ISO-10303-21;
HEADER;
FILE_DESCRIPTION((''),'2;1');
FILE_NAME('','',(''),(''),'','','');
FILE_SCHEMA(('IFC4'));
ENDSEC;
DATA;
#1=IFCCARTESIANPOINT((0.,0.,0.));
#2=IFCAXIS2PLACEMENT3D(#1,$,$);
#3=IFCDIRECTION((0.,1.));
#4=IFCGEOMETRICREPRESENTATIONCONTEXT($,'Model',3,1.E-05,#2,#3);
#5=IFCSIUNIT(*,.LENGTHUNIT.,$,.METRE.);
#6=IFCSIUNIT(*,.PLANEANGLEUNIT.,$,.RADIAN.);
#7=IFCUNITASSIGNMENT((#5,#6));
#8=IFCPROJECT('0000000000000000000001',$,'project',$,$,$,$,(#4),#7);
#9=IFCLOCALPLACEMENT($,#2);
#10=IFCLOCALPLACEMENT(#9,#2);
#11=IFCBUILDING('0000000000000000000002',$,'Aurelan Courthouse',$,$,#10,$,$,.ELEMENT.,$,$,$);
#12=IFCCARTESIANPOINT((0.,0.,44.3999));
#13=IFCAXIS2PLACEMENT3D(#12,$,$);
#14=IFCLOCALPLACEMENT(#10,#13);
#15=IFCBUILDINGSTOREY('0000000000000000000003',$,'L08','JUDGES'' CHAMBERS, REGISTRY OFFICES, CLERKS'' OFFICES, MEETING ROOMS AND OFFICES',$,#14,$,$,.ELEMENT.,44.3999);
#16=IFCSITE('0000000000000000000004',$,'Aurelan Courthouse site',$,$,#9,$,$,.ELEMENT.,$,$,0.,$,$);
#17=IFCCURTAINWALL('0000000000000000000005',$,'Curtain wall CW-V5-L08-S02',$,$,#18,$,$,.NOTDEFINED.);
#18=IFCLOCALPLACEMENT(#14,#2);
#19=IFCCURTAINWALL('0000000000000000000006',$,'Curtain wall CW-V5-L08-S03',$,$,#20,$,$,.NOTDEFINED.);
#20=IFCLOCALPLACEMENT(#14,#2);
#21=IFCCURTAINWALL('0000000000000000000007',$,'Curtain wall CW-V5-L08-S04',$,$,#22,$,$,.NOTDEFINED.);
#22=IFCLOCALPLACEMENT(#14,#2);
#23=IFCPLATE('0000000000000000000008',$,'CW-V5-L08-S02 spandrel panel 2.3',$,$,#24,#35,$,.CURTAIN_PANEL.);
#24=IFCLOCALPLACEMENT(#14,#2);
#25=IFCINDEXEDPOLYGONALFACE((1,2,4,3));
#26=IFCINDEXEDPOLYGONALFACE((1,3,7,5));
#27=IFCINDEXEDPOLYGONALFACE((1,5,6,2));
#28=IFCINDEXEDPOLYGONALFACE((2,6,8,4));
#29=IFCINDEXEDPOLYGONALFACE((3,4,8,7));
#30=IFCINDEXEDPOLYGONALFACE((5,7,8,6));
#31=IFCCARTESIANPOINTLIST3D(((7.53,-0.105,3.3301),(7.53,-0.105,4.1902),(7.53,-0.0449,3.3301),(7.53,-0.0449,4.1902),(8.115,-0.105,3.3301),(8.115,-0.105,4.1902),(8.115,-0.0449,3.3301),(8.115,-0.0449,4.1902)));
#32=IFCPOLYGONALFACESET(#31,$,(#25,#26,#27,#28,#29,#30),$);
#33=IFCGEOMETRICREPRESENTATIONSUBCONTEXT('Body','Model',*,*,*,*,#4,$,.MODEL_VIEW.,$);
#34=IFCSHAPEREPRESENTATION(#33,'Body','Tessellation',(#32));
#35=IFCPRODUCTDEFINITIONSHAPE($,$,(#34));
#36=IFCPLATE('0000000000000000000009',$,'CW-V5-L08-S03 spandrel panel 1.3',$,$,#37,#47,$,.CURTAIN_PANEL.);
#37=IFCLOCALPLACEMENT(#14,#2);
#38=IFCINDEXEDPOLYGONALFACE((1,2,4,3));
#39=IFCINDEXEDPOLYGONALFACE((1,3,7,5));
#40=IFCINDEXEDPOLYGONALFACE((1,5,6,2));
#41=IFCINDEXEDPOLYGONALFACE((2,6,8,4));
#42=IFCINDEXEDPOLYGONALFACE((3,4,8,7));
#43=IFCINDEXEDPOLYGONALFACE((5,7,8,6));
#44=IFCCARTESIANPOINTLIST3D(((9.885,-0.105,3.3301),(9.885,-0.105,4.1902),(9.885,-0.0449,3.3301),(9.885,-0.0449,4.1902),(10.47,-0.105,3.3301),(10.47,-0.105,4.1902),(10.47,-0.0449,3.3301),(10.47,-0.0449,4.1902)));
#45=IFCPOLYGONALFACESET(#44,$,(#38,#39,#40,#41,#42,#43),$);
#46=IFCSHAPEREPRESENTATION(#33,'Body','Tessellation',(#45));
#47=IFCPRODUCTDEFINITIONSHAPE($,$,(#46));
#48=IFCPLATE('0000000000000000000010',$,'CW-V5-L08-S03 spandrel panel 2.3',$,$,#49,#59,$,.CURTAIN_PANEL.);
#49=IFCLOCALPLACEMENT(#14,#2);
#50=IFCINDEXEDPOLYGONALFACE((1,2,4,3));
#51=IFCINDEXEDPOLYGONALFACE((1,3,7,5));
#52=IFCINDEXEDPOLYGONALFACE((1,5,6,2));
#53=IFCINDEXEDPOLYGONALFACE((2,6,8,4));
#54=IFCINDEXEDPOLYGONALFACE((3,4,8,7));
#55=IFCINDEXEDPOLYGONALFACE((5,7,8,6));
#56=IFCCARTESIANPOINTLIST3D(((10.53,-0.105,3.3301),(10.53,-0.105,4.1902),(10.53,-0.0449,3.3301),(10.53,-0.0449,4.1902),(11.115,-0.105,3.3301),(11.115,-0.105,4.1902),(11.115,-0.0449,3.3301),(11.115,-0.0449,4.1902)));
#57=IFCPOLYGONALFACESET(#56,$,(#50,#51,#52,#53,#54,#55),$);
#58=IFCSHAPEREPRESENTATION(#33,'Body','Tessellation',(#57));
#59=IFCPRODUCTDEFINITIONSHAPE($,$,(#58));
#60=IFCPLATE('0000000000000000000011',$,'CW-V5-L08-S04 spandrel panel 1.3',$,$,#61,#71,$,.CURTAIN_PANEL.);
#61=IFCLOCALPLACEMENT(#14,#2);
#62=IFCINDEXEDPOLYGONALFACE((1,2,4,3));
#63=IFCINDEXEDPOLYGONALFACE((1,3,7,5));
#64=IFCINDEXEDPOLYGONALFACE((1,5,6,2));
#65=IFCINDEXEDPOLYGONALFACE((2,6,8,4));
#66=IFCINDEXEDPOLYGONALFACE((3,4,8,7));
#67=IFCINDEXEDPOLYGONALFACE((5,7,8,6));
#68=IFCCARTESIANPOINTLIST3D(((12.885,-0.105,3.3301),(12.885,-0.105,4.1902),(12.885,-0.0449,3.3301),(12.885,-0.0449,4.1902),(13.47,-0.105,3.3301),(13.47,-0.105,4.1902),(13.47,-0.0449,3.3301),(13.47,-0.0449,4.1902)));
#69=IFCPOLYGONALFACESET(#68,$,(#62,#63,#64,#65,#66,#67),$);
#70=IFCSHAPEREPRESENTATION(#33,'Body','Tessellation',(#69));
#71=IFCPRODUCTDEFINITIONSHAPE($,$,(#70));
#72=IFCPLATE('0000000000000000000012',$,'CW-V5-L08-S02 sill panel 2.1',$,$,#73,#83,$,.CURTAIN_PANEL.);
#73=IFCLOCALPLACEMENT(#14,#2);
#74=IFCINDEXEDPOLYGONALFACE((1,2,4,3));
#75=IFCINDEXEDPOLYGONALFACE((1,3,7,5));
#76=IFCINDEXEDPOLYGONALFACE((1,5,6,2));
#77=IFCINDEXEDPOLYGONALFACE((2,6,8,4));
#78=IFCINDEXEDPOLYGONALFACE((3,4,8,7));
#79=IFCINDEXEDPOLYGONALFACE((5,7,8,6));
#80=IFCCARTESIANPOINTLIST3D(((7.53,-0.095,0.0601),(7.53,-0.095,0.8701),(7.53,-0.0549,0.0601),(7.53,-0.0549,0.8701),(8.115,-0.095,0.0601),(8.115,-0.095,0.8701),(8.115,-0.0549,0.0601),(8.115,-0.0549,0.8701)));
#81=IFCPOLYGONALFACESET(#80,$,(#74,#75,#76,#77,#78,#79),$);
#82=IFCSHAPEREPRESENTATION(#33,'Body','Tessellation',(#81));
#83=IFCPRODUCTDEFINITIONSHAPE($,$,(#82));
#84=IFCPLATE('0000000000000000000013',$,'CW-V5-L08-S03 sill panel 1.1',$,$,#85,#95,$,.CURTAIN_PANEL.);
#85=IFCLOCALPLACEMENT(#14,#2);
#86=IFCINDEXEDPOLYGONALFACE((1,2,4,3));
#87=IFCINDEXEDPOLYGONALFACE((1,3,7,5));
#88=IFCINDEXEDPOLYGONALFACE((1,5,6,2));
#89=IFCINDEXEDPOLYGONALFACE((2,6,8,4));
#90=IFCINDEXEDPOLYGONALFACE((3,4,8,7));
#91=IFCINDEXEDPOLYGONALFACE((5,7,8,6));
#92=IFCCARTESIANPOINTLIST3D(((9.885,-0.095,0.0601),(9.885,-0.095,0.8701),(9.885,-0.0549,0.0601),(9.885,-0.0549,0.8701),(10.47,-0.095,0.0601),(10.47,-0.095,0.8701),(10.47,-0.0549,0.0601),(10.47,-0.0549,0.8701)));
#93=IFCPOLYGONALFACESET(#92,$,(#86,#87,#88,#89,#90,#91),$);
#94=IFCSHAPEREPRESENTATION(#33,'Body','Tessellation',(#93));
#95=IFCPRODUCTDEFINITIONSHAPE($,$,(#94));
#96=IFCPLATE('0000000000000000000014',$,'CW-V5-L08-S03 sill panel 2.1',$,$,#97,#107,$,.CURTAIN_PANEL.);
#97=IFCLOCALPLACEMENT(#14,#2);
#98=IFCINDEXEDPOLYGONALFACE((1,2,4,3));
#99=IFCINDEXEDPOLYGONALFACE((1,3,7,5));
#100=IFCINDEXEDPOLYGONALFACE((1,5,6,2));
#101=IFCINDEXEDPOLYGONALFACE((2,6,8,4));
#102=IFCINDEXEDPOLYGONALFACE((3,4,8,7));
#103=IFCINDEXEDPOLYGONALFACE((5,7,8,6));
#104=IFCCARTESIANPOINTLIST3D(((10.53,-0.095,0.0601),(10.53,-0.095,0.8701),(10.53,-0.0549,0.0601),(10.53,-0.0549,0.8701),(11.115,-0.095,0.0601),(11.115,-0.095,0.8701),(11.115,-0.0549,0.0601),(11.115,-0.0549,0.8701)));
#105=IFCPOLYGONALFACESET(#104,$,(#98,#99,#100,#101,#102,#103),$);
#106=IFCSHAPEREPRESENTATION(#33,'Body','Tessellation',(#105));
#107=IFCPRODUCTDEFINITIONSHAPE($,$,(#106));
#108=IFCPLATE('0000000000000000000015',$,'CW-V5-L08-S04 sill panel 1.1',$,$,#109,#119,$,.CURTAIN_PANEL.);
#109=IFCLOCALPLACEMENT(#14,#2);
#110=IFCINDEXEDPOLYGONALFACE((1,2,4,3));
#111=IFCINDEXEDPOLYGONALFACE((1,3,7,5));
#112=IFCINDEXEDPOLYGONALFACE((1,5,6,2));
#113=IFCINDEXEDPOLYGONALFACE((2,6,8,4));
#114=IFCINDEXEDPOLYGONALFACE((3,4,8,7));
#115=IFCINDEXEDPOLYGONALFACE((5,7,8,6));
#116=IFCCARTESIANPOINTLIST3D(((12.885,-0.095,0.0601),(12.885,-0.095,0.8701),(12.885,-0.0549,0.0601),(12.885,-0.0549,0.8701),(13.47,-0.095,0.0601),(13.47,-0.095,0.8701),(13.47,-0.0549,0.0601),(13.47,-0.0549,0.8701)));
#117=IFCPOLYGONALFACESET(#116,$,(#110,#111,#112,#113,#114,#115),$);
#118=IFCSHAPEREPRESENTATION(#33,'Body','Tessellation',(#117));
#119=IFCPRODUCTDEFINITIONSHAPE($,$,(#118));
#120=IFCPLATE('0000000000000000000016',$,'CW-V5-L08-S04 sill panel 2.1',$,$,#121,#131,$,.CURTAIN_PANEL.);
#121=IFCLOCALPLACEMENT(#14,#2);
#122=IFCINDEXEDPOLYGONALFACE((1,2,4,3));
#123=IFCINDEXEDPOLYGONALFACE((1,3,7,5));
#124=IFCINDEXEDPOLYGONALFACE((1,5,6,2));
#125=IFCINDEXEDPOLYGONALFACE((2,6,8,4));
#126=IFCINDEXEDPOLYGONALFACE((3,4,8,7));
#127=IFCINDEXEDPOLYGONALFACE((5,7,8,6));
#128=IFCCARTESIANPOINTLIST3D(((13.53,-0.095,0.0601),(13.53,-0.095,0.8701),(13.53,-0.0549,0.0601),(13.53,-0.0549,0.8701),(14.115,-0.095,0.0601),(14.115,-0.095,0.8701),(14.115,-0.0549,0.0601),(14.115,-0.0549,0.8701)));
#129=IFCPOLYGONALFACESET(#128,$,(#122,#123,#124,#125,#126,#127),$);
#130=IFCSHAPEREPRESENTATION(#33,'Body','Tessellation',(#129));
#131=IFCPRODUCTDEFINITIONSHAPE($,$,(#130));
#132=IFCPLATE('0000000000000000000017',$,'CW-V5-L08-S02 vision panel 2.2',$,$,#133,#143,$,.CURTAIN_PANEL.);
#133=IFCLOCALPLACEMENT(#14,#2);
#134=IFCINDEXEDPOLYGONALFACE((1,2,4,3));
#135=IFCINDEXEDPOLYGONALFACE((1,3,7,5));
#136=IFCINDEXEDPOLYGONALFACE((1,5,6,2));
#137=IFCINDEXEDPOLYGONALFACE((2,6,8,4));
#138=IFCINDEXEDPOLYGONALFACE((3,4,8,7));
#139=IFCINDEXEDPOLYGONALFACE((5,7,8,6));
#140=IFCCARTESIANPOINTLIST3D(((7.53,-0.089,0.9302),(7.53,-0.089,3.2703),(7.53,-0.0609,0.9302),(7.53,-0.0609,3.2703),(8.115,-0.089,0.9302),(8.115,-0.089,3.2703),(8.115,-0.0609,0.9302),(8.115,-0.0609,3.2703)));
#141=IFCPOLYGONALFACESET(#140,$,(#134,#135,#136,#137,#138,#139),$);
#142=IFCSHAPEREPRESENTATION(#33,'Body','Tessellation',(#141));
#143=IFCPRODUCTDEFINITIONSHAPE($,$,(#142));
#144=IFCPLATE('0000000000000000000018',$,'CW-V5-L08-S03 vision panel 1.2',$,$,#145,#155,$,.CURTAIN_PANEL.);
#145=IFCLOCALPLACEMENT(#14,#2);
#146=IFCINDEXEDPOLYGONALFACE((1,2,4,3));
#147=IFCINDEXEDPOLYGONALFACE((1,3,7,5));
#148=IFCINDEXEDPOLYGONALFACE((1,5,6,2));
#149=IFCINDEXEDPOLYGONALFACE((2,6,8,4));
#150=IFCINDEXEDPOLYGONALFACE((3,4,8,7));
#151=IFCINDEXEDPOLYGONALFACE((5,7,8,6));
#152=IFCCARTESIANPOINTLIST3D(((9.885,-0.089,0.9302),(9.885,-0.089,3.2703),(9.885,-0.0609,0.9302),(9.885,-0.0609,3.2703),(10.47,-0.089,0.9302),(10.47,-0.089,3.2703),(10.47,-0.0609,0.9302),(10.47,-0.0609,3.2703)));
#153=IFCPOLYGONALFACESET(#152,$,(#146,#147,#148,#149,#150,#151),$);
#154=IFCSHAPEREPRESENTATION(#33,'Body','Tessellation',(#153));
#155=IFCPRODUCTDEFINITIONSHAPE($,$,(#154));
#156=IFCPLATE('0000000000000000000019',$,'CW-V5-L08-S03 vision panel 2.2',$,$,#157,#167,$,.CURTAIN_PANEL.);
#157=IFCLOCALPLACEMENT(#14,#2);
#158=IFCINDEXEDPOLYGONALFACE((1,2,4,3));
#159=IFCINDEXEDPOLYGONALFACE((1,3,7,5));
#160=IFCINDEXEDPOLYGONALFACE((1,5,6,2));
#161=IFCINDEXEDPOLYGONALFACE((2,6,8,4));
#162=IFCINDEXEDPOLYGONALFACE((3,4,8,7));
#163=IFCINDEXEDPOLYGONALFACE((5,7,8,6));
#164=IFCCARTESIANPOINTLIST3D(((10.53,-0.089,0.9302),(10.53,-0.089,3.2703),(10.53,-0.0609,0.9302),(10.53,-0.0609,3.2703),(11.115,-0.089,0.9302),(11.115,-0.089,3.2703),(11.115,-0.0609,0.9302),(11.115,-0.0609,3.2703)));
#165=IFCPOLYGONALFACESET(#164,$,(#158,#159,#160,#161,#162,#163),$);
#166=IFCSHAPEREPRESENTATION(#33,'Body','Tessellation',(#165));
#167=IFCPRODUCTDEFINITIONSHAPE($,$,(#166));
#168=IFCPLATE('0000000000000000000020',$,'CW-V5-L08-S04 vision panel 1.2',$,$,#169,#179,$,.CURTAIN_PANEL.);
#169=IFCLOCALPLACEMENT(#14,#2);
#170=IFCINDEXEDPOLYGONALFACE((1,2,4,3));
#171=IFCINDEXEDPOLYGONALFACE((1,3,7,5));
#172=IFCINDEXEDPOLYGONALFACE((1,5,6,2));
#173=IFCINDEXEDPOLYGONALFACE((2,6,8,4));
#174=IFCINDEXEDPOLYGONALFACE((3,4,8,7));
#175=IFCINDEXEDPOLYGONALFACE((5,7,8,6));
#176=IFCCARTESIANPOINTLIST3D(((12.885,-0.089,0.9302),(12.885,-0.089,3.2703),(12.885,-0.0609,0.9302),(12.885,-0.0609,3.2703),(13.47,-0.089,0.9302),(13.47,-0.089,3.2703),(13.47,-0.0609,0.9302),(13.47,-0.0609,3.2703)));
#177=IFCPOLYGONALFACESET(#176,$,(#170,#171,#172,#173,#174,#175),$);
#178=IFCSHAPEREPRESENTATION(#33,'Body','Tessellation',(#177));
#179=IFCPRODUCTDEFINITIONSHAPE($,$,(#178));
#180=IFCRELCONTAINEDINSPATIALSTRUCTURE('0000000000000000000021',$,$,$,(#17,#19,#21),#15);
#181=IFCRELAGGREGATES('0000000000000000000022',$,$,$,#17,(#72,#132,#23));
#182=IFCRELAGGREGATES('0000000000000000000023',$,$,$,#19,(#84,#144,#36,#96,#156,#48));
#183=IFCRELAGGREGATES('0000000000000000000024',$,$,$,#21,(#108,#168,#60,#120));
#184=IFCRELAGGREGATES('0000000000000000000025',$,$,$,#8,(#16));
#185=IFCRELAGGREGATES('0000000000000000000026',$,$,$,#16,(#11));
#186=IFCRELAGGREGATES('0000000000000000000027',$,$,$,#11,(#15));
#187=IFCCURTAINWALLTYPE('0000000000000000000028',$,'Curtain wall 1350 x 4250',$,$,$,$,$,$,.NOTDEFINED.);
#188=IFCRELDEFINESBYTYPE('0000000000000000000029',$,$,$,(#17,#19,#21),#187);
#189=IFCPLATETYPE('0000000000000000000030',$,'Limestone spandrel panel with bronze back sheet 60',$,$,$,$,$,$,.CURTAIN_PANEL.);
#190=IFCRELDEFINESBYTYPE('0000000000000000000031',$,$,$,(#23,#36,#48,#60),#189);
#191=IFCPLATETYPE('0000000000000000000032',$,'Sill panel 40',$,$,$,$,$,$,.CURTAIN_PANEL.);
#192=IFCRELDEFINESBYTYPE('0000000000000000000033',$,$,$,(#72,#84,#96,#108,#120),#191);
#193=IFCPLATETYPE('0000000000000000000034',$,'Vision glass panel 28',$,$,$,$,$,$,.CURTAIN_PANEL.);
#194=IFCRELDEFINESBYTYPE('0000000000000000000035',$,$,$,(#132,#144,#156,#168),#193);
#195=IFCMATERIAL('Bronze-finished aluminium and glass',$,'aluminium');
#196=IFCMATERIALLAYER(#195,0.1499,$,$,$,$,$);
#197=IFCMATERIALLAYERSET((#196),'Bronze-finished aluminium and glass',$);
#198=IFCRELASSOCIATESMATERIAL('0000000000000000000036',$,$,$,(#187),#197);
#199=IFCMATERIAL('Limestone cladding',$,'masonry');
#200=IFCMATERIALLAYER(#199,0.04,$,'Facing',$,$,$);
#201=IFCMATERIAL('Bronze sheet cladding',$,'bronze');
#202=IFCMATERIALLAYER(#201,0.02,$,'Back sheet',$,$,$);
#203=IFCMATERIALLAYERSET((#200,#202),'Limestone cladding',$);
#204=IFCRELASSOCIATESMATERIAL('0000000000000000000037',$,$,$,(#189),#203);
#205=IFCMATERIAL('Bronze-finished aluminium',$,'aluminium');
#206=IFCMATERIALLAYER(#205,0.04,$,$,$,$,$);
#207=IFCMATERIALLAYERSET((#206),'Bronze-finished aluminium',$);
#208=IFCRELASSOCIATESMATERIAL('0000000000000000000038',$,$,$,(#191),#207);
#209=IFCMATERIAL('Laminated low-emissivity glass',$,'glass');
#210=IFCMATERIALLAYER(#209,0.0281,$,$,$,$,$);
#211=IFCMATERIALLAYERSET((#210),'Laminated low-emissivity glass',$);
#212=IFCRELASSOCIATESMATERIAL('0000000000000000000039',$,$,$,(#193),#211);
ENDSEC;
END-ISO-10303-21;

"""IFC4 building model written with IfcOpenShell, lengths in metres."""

from ifc_helpers import new_model, si_unit, direction, frame, origin, origin_2d, place, context, subcontext, project, spatial, rectangle, extrude, material, layer, layer_set, type_object, element, aggregate, save


model = new_model("IFC4")

# Units and contexts
model_context = context("Model", 3, precision=1e-05, world=origin(), true_north=direction((0.0, 1.0)))
body_context = subcontext(model_context, "Body", "Model", "MODEL_VIEW")
ifc_project = project(units=[si_unit("LENGTHUNIT", "METRE"), si_unit("PLANEANGLEUNIT", "RADIAN")], contexts=[model_context])

# Site, building, storey
site_placement = place(None, origin())
site = spatial("IfcSite", under=ifc_project, at=site_placement, Name="Aurelan Courthouse site", CompositionType="ELEMENT", RefElevation=0.0)
building_placement = place(site_placement, origin())
building = spatial("IfcBuilding", under=site, at=building_placement, Name="Aurelan Courthouse", CompositionType="ELEMENT")
storey_placement = place(building_placement, frame((0.0, 0.0, 44.3999)))
storey = spatial("IfcBuildingStorey", under=building, at=storey_placement, Name="L08", Description="JUDGES' CHAMBERS, REGISTRY OFFICES, CLERKS' OFFICES, MEETING ROOMS AND OFFICES", CompositionType="ELEMENT", Elevation=44.3999)

# Curtain walls
ifc_material_1 = material(Name="Bronze-finished aluminium and glass", Category="aluminium")
ifc_layer_1 = layer(ifc_material_1, 0.1499)
ifc_layer_set_1 = layer_set([ifc_layer_1], Name="Bronze-finished aluminium and glass")
curtain_wall_type = type_object("IfcCurtainWallType", Name="Curtain wall 1350 x 4250", PredefinedType="NOTDEFINED", material=ifc_layer_set_1)
curtain_wall_1_placement = place(storey_placement, origin())
curtain_wall_1 = element("IfcCurtainWall", 1, at=curtain_wall_1_placement, inside=storey, type_object=curtain_wall_type, Name="Curtain wall CW-V5-L08-S02", PredefinedType="NOTDEFINED")
ifc_material_2 = material(Name="Bronze-finished aluminium", Category="aluminium")
curtain_wall_2_placement = place(storey_placement, origin())
curtain_wall_2 = element("IfcCurtainWall", 2, at=curtain_wall_2_placement, inside=storey, type_object=curtain_wall_type, Name="Curtain wall CW-V5-L08-S03", PredefinedType="NOTDEFINED")
curtain_wall_3_placement = place(storey_placement, origin())
curtain_wall_3 = element("IfcCurtainWall", 3, at=curtain_wall_3_placement, inside=storey, type_object=curtain_wall_type, Name="Curtain wall CW-V5-L08-S04", PredefinedType="NOTDEFINED")

# Plates
ifc_material_3 = material(Name="Limestone cladding", Category="masonry")
ifc_layer_2 = layer(ifc_material_3, 0.04, Name="Facing")
ifc_material_4 = material(Name="Bronze sheet cladding", Category="bronze")
ifc_layer_3 = layer(ifc_material_4, 0.02, Name="Back sheet")
ifc_layer_set_2 = layer_set([ifc_layer_2, ifc_layer_3], Name="Limestone cladding")
plate_type_1 = type_object("IfcPlateType", Name="Limestone spandrel panel with bronze back sheet 60", PredefinedType="CURTAIN_PANEL", material=ifc_layer_set_2)
plate_1_placement = place(storey_placement, frame((7.8225, -0.075, 3.3301), z_axis=(0.0, 0.0, 1.0), x_axis=(1.0, 0.0, 0.0)))
plate_1 = element("IfcPlate", 4, at=plate_1_placement, type_object=plate_type_1, Name="CW-V5-L08-S02 spandrel panel 2.3", PredefinedType="CURTAIN_PANEL", context=body_context, shape_type="SweptSolid", body=[
    extrude(rectangle(XDim=0.585, YDim=0.0601, at=origin_2d()), origin(), (0.0, 0.0, 1.0), 0.8601),
])
plate_2_placement = place(storey_placement, frame((10.1775, -0.075, 3.3301), z_axis=(0.0, 0.0, 1.0), x_axis=(1.0, 0.0, 0.0)))
plate_2 = element("IfcPlate", 5, at=plate_2_placement, type_object=plate_type_1, Name="CW-V5-L08-S03 spandrel panel 1.3", PredefinedType="CURTAIN_PANEL", context=body_context, shape_type="SweptSolid", body=[
    extrude(rectangle(XDim=0.585, YDim=0.0601, at=origin_2d()), origin(), (0.0, 0.0, 1.0), 0.8601),
])
plate_3_placement = place(storey_placement, frame((10.8225, -0.075, 3.3301), z_axis=(0.0, 0.0, 1.0), x_axis=(1.0, 0.0, 0.0)))
plate_3 = element("IfcPlate", 6, at=plate_3_placement, type_object=plate_type_1, Name="CW-V5-L08-S03 spandrel panel 2.3", PredefinedType="CURTAIN_PANEL", context=body_context, shape_type="SweptSolid", body=[
    extrude(rectangle(XDim=0.585, YDim=0.0601, at=origin_2d()), origin(), (0.0, 0.0, 1.0), 0.8601),
])
plate_4_placement = place(storey_placement, frame((13.1775, -0.075, 3.3301), z_axis=(0.0, 0.0, 1.0), x_axis=(1.0, 0.0, 0.0)))
plate_4 = element("IfcPlate", 7, at=plate_4_placement, type_object=plate_type_1, Name="CW-V5-L08-S04 spandrel panel 1.3", PredefinedType="CURTAIN_PANEL", context=body_context, shape_type="SweptSolid", body=[
    extrude(rectangle(XDim=0.585, YDim=0.0601, at=origin_2d()), origin(), (0.0, 0.0, 1.0), 0.8601),
])
ifc_layer_4 = layer(ifc_material_2, 0.04)
ifc_layer_set_3 = layer_set([ifc_layer_4], Name="Bronze-finished aluminium")
plate_type_2 = type_object("IfcPlateType", Name="Sill panel 40", PredefinedType="CURTAIN_PANEL", material=ifc_layer_set_3)
plate_5_placement = place(storey_placement, frame((7.8225, -0.075, 0.0601), z_axis=(0.0, 0.0, 1.0), x_axis=(1.0, 0.0, 0.0)))
plate_5 = element("IfcPlate", 8, at=plate_5_placement, type_object=plate_type_2, Name="CW-V5-L08-S02 sill panel 2.1", PredefinedType="CURTAIN_PANEL", context=body_context, shape_type="SweptSolid", body=[
    extrude(rectangle(XDim=0.585, YDim=0.04, at=origin_2d()), origin(), (0.0, 0.0, 1.0), 0.8101),
])
plate_6_placement = place(storey_placement, frame((10.1775, -0.075, 0.0601), z_axis=(0.0, 0.0, 1.0), x_axis=(1.0, 0.0, 0.0)))
plate_6 = element("IfcPlate", 9, at=plate_6_placement, type_object=plate_type_2, Name="CW-V5-L08-S03 sill panel 1.1", PredefinedType="CURTAIN_PANEL", context=body_context, shape_type="SweptSolid", body=[
    extrude(rectangle(XDim=0.585, YDim=0.04, at=origin_2d()), origin(), (0.0, 0.0, 1.0), 0.8101),
])
plate_7_placement = place(storey_placement, frame((10.8225, -0.075, 0.0601), z_axis=(0.0, 0.0, 1.0), x_axis=(1.0, 0.0, 0.0)))
plate_7 = element("IfcPlate", 10, at=plate_7_placement, type_object=plate_type_2, Name="CW-V5-L08-S03 sill panel 2.1", PredefinedType="CURTAIN_PANEL", context=body_context, shape_type="SweptSolid", body=[
    extrude(rectangle(XDim=0.585, YDim=0.04, at=origin_2d()), origin(), (0.0, 0.0, 1.0), 0.8101),
])
plate_8_placement = place(storey_placement, frame((13.1775, -0.075, 0.0601), z_axis=(0.0, 0.0, 1.0), x_axis=(1.0, 0.0, 0.0)))
plate_8 = element("IfcPlate", 11, at=plate_8_placement, type_object=plate_type_2, Name="CW-V5-L08-S04 sill panel 1.1", PredefinedType="CURTAIN_PANEL", context=body_context, shape_type="SweptSolid", body=[
    extrude(rectangle(XDim=0.585, YDim=0.04, at=origin_2d()), origin(), (0.0, 0.0, 1.0), 0.8101),
])
plate_9_placement = place(storey_placement, frame((13.8225, -0.075, 0.0601), z_axis=(0.0, 0.0, 1.0), x_axis=(1.0, 0.0, 0.0)))
plate_9 = element("IfcPlate", 12, at=plate_9_placement, type_object=plate_type_2, Name="CW-V5-L08-S04 sill panel 2.1", PredefinedType="CURTAIN_PANEL", context=body_context, shape_type="SweptSolid", body=[
    extrude(rectangle(XDim=0.585, YDim=0.04, at=origin_2d()), origin(), (0.0, 0.0, 1.0), 0.8101),
])
ifc_material_5 = material(Name="Laminated low-emissivity glass", Category="glass")
ifc_layer_5 = layer(ifc_material_5, 0.0281)
ifc_layer_set_4 = layer_set([ifc_layer_5], Name="Laminated low-emissivity glass")
plate_type_3 = type_object("IfcPlateType", Name="Vision glass panel 28", PredefinedType="CURTAIN_PANEL", material=ifc_layer_set_4)
plate_10_placement = place(storey_placement, frame((7.8225, -0.075, 0.9302), z_axis=(0.0, 0.0, 1.0), x_axis=(1.0, 0.0, 0.0)))
plate_10 = element("IfcPlate", 13, at=plate_10_placement, type_object=plate_type_3, Name="CW-V5-L08-S02 vision panel 2.2", PredefinedType="CURTAIN_PANEL", context=body_context, shape_type="SweptSolid", body=[
    extrude(rectangle(XDim=0.585, YDim=0.0281, at=origin_2d()), origin(), (0.0, 0.0, 1.0), 2.3401),
])
aggregate(curtain_wall_1, [plate_5, plate_10, plate_1])
plate_11_placement = place(storey_placement, frame((10.1775, -0.075, 0.9302), z_axis=(0.0, 0.0, 1.0), x_axis=(1.0, 0.0, 0.0)))
plate_11 = element("IfcPlate", 14, at=plate_11_placement, type_object=plate_type_3, Name="CW-V5-L08-S03 vision panel 1.2", PredefinedType="CURTAIN_PANEL", context=body_context, shape_type="SweptSolid", body=[
    extrude(rectangle(XDim=0.585, YDim=0.0281, at=origin_2d()), origin(), (0.0, 0.0, 1.0), 2.3401),
])
plate_12_placement = place(storey_placement, frame((10.8225, -0.075, 0.9302), z_axis=(0.0, 0.0, 1.0), x_axis=(1.0, 0.0, 0.0)))
plate_12 = element("IfcPlate", 15, at=plate_12_placement, type_object=plate_type_3, Name="CW-V5-L08-S03 vision panel 2.2", PredefinedType="CURTAIN_PANEL", context=body_context, shape_type="SweptSolid", body=[
    extrude(rectangle(XDim=0.585, YDim=0.0281, at=origin_2d()), origin(), (0.0, 0.0, 1.0), 2.3401),
])
aggregate(curtain_wall_2, [plate_6, plate_11, plate_2, plate_7, plate_12, plate_3])
plate_13_placement = place(storey_placement, frame((13.1775, -0.075, 0.9302), z_axis=(0.0, 0.0, 1.0), x_axis=(1.0, 0.0, 0.0)))
plate_13 = element("IfcPlate", 16, at=plate_13_placement, type_object=plate_type_3, Name="CW-V5-L08-S04 vision panel 1.2", PredefinedType="CURTAIN_PANEL", context=body_context, shape_type="SweptSolid", body=[
    extrude(rectangle(XDim=0.585, YDim=0.0281, at=origin_2d()), origin(), (0.0, 0.0, 1.0), 2.3401),
])
aggregate(curtain_wall_3, [plate_8, plate_13, plate_4, plate_9])

save(model, "model.ifc")
